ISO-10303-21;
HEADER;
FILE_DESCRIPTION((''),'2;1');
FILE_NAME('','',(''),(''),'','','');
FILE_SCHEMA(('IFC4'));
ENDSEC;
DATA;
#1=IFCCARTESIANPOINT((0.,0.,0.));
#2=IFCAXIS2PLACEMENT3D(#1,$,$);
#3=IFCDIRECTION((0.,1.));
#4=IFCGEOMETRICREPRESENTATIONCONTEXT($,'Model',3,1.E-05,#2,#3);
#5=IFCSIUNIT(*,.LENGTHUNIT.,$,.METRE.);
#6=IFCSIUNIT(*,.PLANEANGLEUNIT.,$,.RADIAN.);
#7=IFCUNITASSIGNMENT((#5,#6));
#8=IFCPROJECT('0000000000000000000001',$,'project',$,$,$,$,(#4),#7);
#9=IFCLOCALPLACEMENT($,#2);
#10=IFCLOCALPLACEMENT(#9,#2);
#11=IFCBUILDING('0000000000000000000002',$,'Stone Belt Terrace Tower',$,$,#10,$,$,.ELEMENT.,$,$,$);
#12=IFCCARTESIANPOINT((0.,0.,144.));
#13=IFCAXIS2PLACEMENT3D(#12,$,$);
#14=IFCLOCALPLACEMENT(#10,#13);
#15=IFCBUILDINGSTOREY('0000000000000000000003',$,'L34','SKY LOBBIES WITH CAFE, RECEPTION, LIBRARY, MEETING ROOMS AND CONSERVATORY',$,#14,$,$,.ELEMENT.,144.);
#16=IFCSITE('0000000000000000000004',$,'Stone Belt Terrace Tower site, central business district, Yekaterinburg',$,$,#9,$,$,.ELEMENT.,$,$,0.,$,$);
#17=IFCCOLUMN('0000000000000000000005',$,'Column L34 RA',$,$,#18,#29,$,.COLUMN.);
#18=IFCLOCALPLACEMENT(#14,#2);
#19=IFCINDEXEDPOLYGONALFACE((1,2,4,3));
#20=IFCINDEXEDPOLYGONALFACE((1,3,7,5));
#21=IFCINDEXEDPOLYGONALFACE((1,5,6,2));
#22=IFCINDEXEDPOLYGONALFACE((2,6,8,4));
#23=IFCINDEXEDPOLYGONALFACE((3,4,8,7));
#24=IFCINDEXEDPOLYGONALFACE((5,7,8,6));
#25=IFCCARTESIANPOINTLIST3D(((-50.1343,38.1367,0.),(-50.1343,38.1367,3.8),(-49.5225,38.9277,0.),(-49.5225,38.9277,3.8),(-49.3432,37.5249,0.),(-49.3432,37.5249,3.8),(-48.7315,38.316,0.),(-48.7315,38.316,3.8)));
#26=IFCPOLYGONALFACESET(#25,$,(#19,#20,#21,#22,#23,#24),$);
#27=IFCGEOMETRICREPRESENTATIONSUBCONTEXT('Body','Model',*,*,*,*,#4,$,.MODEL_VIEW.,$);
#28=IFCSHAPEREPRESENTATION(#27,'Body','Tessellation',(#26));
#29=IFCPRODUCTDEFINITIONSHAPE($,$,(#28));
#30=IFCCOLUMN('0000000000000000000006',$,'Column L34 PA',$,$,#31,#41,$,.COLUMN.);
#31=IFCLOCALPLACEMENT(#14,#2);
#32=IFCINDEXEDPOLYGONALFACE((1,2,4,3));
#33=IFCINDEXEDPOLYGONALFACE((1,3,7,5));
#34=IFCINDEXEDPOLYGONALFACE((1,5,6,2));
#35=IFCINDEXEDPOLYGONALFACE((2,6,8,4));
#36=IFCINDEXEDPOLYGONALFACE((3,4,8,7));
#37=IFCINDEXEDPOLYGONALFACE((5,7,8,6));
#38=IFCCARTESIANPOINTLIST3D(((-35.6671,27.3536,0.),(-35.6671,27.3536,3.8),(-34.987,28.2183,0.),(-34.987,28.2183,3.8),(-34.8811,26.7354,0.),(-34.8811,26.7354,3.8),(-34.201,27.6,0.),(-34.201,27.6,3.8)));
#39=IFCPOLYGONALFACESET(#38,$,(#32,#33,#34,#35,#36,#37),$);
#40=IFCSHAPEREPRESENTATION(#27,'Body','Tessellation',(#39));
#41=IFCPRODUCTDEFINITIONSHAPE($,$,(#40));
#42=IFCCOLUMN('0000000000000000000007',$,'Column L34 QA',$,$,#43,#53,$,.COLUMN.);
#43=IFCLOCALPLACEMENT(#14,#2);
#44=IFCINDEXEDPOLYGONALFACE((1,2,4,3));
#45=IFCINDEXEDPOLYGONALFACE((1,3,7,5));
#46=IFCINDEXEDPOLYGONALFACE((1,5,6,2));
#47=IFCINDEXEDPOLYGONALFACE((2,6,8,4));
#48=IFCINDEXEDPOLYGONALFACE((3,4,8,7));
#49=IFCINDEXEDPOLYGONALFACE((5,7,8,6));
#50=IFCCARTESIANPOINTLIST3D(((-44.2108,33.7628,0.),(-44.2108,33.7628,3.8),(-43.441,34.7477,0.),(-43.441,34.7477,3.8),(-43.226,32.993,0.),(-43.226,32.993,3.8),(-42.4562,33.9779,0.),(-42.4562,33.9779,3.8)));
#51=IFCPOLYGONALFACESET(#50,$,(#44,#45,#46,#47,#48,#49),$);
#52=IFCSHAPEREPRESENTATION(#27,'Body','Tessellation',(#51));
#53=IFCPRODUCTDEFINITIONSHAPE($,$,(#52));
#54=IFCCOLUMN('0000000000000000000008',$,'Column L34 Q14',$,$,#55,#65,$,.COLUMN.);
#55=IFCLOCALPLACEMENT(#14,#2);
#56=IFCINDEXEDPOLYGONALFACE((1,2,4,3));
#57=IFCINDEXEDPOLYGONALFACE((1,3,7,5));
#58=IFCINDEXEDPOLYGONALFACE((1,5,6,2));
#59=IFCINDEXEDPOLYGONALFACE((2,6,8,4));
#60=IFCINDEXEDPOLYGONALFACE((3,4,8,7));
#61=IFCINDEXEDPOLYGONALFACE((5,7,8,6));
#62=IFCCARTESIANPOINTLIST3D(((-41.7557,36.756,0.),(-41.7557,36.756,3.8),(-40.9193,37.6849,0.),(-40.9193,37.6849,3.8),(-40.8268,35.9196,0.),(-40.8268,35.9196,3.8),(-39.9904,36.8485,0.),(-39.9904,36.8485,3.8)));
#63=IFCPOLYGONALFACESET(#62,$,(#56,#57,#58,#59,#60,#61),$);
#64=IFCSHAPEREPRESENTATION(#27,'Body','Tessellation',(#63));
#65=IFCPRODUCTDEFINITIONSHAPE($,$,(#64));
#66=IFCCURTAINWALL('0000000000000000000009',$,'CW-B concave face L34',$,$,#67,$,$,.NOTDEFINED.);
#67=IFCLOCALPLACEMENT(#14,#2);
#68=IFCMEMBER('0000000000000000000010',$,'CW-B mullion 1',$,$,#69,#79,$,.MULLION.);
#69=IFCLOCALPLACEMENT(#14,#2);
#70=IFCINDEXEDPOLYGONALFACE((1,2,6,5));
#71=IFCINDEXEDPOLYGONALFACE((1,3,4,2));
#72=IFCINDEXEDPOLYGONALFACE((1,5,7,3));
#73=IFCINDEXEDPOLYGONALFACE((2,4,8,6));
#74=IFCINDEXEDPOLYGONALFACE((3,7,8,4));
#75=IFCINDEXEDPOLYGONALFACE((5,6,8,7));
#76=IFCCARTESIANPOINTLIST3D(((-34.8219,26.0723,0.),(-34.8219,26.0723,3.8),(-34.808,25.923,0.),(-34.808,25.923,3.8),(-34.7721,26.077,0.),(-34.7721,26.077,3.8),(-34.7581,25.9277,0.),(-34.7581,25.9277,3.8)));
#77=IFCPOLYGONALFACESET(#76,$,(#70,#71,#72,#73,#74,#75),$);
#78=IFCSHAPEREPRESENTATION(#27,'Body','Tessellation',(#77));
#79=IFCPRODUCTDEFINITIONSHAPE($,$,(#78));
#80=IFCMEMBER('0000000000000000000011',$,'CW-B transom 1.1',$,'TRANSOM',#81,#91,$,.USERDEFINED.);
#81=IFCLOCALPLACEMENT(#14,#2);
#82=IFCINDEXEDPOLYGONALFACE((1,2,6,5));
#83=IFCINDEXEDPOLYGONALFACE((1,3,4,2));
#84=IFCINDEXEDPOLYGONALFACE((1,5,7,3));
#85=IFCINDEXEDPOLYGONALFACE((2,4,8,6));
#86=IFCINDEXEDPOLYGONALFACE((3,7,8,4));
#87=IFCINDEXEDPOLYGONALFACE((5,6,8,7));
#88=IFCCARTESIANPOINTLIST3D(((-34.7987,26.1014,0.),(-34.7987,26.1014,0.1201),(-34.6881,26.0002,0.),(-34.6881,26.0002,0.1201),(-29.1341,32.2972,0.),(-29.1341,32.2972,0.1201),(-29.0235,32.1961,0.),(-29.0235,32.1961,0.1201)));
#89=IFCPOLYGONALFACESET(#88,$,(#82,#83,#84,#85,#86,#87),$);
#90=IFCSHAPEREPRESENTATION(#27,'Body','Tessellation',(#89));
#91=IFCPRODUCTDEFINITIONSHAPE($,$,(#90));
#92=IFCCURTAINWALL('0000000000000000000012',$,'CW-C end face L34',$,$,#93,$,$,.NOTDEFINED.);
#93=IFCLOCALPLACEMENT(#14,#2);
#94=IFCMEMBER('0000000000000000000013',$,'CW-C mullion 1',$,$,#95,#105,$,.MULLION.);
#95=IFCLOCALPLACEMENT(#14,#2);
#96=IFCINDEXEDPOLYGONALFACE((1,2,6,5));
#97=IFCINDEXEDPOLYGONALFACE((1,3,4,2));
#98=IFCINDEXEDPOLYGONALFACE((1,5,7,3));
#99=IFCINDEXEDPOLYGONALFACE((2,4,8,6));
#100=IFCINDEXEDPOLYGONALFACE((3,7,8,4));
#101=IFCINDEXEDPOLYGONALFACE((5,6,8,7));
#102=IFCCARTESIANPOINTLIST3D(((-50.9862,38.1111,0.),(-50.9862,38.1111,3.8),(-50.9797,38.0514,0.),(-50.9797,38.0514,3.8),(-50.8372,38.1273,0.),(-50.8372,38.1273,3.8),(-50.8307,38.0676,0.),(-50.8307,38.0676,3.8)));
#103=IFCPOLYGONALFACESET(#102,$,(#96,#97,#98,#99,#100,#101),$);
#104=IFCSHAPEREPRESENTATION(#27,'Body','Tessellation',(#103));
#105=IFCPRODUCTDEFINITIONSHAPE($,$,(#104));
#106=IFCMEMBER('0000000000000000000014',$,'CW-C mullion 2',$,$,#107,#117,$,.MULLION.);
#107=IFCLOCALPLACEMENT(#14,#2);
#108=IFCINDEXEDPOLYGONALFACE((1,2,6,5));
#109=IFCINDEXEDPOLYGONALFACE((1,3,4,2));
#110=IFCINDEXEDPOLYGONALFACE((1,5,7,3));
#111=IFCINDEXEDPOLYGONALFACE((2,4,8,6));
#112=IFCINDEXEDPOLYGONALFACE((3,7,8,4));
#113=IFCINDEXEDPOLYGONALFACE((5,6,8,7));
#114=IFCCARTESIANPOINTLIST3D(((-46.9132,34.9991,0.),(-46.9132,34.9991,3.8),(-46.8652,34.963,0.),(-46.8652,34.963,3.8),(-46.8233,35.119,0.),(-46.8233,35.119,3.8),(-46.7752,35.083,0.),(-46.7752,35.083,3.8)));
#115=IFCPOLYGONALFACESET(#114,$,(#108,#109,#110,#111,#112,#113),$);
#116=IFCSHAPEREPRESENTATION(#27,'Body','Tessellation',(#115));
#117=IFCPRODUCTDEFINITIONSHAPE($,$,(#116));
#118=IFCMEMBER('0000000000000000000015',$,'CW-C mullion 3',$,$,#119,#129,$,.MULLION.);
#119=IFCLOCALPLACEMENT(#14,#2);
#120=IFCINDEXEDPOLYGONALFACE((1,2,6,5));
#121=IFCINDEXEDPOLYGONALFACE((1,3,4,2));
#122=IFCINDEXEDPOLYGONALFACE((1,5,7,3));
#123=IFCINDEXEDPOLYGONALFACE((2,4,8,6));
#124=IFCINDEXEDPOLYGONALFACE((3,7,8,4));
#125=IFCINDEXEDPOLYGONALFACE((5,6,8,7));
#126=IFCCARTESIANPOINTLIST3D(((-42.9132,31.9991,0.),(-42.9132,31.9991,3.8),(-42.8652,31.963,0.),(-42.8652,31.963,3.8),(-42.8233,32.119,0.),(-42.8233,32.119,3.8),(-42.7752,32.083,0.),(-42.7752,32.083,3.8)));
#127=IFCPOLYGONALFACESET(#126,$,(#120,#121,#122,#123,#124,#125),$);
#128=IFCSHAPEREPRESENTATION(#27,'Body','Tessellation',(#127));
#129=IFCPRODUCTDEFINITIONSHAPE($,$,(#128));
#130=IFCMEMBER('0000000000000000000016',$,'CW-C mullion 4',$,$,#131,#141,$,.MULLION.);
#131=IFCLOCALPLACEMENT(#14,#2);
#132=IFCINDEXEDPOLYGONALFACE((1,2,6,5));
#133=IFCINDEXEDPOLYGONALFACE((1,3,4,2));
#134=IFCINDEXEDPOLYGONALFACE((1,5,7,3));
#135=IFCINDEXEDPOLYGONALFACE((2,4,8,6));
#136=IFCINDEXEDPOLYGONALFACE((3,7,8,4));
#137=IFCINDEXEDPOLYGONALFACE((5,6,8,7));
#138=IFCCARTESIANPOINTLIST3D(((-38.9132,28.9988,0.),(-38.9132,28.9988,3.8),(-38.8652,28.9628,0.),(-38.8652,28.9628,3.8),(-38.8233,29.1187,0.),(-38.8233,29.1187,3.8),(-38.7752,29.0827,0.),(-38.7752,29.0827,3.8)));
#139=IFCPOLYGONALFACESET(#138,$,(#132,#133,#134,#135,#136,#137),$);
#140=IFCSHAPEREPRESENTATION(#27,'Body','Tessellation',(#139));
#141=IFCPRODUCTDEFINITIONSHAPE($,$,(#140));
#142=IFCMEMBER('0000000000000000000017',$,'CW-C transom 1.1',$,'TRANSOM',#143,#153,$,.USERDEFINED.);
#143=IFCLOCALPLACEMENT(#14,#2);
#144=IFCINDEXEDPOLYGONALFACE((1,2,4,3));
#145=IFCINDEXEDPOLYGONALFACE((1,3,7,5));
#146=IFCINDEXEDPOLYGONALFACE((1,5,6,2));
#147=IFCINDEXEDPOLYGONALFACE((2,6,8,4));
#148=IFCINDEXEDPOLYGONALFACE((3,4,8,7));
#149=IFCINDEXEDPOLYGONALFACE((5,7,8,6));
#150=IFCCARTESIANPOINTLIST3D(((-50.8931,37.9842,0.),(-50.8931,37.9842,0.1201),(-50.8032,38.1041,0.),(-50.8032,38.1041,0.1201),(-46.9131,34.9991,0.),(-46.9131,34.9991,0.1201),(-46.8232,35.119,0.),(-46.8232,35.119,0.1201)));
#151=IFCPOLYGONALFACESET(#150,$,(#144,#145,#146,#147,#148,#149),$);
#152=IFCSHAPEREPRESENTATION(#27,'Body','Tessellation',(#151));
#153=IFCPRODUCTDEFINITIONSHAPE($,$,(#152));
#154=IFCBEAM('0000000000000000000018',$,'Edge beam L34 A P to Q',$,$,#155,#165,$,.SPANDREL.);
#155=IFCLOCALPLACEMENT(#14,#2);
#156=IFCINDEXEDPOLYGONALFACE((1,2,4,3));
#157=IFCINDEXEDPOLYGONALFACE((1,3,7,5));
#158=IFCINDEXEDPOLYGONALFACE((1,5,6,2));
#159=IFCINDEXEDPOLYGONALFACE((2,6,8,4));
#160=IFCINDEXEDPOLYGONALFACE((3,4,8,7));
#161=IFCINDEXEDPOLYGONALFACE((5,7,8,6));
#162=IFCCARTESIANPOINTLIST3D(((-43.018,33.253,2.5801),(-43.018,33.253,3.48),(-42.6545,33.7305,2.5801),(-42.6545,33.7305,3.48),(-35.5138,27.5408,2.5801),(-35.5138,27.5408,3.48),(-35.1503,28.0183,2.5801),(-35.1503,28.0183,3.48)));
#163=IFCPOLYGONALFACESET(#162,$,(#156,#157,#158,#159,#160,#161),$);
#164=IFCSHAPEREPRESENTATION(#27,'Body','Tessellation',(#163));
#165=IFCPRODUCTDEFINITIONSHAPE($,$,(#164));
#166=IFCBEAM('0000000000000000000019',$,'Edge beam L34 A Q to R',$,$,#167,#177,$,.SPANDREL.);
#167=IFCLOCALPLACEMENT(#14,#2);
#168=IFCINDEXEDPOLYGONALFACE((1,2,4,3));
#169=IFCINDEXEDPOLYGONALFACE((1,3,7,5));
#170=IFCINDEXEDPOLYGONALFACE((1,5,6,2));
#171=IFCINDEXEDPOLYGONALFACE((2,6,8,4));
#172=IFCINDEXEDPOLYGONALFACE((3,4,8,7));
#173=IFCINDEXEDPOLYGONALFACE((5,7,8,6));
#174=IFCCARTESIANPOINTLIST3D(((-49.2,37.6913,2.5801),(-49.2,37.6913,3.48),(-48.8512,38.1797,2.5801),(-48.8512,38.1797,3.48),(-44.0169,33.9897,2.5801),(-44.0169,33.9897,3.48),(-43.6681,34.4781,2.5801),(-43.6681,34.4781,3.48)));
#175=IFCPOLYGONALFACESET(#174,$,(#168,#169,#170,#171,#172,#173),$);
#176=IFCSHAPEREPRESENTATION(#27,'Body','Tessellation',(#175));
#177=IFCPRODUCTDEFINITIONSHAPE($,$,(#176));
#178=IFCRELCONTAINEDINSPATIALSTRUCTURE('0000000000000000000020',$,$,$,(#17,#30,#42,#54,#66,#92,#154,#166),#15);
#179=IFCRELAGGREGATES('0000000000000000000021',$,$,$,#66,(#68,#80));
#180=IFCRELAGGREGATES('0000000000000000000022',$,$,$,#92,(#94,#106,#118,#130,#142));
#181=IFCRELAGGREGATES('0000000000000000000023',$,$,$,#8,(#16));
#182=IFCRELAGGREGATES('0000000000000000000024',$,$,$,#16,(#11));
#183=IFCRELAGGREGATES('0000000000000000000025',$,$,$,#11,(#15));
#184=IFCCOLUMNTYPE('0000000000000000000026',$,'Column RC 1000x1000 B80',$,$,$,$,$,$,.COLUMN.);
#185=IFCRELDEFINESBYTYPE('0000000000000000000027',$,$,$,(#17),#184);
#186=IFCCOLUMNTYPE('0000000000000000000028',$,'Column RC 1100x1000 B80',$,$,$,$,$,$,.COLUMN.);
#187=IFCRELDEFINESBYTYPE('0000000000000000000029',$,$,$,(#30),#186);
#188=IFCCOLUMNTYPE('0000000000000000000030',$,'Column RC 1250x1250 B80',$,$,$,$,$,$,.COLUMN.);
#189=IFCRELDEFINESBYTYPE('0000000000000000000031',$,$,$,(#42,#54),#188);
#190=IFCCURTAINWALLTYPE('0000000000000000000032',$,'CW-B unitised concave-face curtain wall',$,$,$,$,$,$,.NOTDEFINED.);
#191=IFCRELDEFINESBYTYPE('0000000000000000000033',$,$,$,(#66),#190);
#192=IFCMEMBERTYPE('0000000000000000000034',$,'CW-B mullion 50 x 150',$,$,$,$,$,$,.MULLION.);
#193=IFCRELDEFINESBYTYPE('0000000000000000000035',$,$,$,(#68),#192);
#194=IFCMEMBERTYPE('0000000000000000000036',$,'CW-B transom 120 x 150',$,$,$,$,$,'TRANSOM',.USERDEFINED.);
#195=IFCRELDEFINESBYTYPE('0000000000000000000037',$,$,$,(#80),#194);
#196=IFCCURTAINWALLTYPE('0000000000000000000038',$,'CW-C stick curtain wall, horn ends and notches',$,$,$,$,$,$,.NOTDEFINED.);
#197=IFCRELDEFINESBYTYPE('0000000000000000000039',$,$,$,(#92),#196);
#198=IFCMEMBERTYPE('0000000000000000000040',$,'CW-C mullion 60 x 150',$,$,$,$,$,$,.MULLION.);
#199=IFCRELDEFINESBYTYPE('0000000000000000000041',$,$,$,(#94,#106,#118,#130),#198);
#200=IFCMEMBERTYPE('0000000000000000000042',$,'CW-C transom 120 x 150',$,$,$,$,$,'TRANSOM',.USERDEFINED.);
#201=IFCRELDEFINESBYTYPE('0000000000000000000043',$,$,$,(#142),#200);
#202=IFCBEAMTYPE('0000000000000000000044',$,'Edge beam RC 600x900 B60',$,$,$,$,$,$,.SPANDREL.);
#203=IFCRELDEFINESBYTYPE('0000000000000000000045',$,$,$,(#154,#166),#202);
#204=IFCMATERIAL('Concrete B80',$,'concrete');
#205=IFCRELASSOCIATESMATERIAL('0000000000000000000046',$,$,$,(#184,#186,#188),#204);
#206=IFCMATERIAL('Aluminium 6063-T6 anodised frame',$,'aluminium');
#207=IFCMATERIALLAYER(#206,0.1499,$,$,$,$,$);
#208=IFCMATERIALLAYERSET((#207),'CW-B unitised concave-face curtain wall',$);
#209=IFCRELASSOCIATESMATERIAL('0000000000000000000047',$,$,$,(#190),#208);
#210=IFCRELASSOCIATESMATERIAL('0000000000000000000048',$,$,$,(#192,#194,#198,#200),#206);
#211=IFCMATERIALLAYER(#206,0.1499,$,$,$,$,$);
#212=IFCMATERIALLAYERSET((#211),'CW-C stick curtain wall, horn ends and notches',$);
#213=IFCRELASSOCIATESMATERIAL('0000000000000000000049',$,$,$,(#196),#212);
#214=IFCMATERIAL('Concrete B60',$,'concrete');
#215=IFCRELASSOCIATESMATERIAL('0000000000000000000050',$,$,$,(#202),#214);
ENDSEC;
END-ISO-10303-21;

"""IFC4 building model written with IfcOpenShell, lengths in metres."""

from ifc_helpers import new_model, si_unit, direction, frame, origin, origin_2d, place, context, subcontext, project, spatial, rectangle, extrude, material, layer, layer_set, material_profile, profile_set, type_object, element, aggregate, save


model = new_model("IFC4")

# Units and contexts
model_context = context("Model", 3, precision=1e-05, world=origin(), true_north=direction((0.0, 1.0)))
body_context = subcontext(model_context, "Body", "Model", "MODEL_VIEW")
ifc_project = project(units=[si_unit("LENGTHUNIT", "METRE"), si_unit("PLANEANGLEUNIT", "RADIAN")], contexts=[model_context])

# Site, building, storey
site_placement = place(None, origin())
site = spatial("IfcSite", under=ifc_project, at=site_placement, Name="Stone Belt Terrace Tower site, central business district, Yekaterinburg", CompositionType="ELEMENT", RefElevation=0.0)
building_placement = place(site_placement, origin())
building = spatial("IfcBuilding", under=site, at=building_placement, Name="Stone Belt Terrace Tower", CompositionType="ELEMENT")
storey_placement = place(building_placement, frame((0.0, 0.0, 144.0)))
storey = spatial("IfcBuildingStorey", under=building, at=storey_placement, Name="L34", Description="SKY LOBBIES WITH CAFE, RECEPTION, LIBRARY, MEETING ROOMS AND CONSERVATORY", CompositionType="ELEMENT", Elevation=144.0)

# Columns
ifc_material_1 = material(Name="Concrete B80", Category="concrete")
ifc_material_profile_1 = material_profile(ifc_material_1, rectangle(XDim=1.0, YDim=1.0, at=origin_2d()), Name="RC 1000x1000")
ifc_profile_set_1 = profile_set([ifc_material_profile_1], Name="Concrete B80")
column_type_1 = type_object("IfcColumnType", Name="Column RC 1000x1000 B80", PredefinedType="COLUMN", material=ifc_profile_set_1)
column_1_placement = place(storey_placement, frame((-49.4329, 38.2263, 0.0), z_axis=(0.0, 0.0, 1.0), x_axis=(0.61173, 0.791067, 0.0)))
element("IfcColumn", 1, at=column_1_placement, inside=storey, type_object=column_type_1, Name="Column L34 RA", PredefinedType="COLUMN", context=body_context, shape_type="SweptSolid", body=[
    extrude(rectangle(XDim=1.0, YDim=1.0, at=origin_2d()), origin(), (0.0, 0.0, 1.0), 3.8),
])
ifc_material_profile_2 = material_profile(ifc_material_1, rectangle(XDim=1.1001, YDim=1.0, at=origin_2d()), Name="RC 1100x1000")
ifc_profile_set_2 = profile_set([ifc_material_profile_2], Name="Concrete B80")
column_type_2 = type_object("IfcColumnType", Name="Column RC 1100x1000 B80", PredefinedType="COLUMN", material=ifc_profile_set_2)
column_2_placement = place(storey_placement, frame((-34.9341, 27.4768, 0.0), z_axis=(0.0, 0.0, 1.0), x_axis=(0.618218, 0.786007, 0.0)))
element("IfcColumn", 2, at=column_2_placement, inside=storey, type_object=column_type_2, Name="Column L34 PA", PredefinedType="COLUMN", context=body_context, shape_type="SweptSolid", body=[
    extrude(rectangle(XDim=1.1001, YDim=1.0, at=origin_2d()), origin(), (0.0, 0.0, 1.0), 3.8),
])
ifc_material_profile_3 = material_profile(ifc_material_1, rectangle(XDim=1.25, YDim=1.25, at=origin_2d()), Name="RC 1250x1250")
ifc_profile_set_3 = profile_set([ifc_material_profile_3], Name="Concrete B80")
column_type_3 = type_object("IfcColumnType", Name="Column RC 1250x1250 B80", PredefinedType="COLUMN", material=ifc_profile_set_3)
for number, where, z_axis, x_axis, name in (
    (3, (-43.3335, 33.8704, 0.0), (0.0, 0.0, 1.0), (0.615825, 0.787883, 0.0), "Column L34 QA"),
    (4, (-40.873, 36.8022, 0.0), (0.0, 0.0, 1.0), (0.669131, 0.743145, 0.0), "Column L34 Q14"),
):
    element("IfcColumn", number, at=place(storey_placement, frame(where, z_axis=z_axis, x_axis=x_axis)), inside=storey, type_object=column_type_3, Name=name, PredefinedType="COLUMN", context=body_context, shape_type="SweptSolid", body=[
        extrude(rectangle(XDim=1.25, YDim=1.25, at=origin_2d()), origin(), (0.0, 0.0, 1.0), 3.8),
    ])

# Curtain walls, members
ifc_material_2 = material(Name="Aluminium 6063-T6 anodised frame", Category="aluminium")
ifc_layer_1 = layer(ifc_material_2, 0.1499)
ifc_layer_set_1 = layer_set([ifc_layer_1], Name="CW-B unitised concave-face curtain wall")
curtain_wall_type_1 = type_object("IfcCurtainWallType", Name="CW-B unitised concave-face curtain wall", PredefinedType="NOTDEFINED", material=ifc_layer_set_1)
curtain_wall_1_placement = place(storey_placement, origin())
curtain_wall_1 = element("IfcCurtainWall", 5, at=curtain_wall_1_placement, inside=storey, type_object=curtain_wall_type_1, Name="CW-B concave face L34", PredefinedType="NOTDEFINED")
ifc_material_profile_4 = material_profile(ifc_material_2, rectangle(XDim=0.1499, YDim=0.05, at=origin_2d()), Name="Aluminium 6063-T6 50x150")
ifc_profile_set_4 = profile_set([ifc_material_profile_4], Name="Aluminium 6063-T6 anodised frame")
member_type_1 = type_object("IfcMemberType", Name="CW-B mullion 50 x 150", PredefinedType="MULLION", material=ifc_profile_set_4)
member_1_placement = place(storey_placement, frame((-34.79, 26.0, 0.0), z_axis=(0.0, 0.0, 1.0), x_axis=(-0.093181, 0.995649, 0.0)))
member_1 = element("IfcMember", 6, at=member_1_placement, type_object=member_type_1, Name="CW-B mullion 1", PredefinedType="MULLION", context=body_context, shape_type="SweptSolid", body=[
    extrude(rectangle(XDim=0.1499, YDim=0.05, at=origin_2d()), origin(), (0.0, 0.0, 1.0), 3.8),
])
ifc_material_profile_5 = material_profile(ifc_material_2, rectangle(XDim=0.1499, YDim=0.1201, at=origin_2d()), Name="Aluminium 6063-T6 150x120")
ifc_profile_set_5 = profile_set([ifc_material_profile_5], Name="Aluminium 6063-T6 anodised frame")
member_type_2 = type_object("IfcMemberType", Name="CW-B transom 120 x 150", ElementType="TRANSOM", PredefinedType="USERDEFINED", material=ifc_profile_set_5)
member_2_placement = place(storey_placement, frame((-34.7434, 26.0508, 0.0601), z_axis=(0.674757, 0.73804, 0.0), x_axis=(-0.73804, 0.674757, 0.0)))
member_2 = element("IfcMember", 7, at=member_2_placement, type_object=member_type_2, Name="CW-B transom 1.1", ObjectType="TRANSOM", PredefinedType="USERDEFINED", context=body_context, shape_type="SweptSolid", body=[
    extrude(rectangle(XDim=0.1499, YDim=0.1201, at=origin_2d()), origin(), (0.0, 0.0, 1.0), 8.395),
])
ifc_layer_2 = layer(ifc_material_2, 0.1499)
ifc_layer_set_2 = layer_set([ifc_layer_2], Name="CW-C stick curtain wall, horn ends and notches")
curtain_wall_type_2 = type_object("IfcCurtainWallType", Name="CW-C stick curtain wall, horn ends and notches", PredefinedType="NOTDEFINED", material=ifc_layer_set_2)
curtain_wall_2_placement = place(storey_placement, origin())
curtain_wall_2 = element("IfcCurtainWall", 8, at=curtain_wall_2_placement, inside=storey, type_object=curtain_wall_type_2, Name="CW-C end face L34", PredefinedType="NOTDEFINED")
ifc_material_profile_6 = material_profile(ifc_material_2, rectangle(XDim=0.1499, YDim=0.0601, at=origin_2d()), Name="Aluminium 6063-T6 60x150")
ifc_profile_set_6 = profile_set([ifc_material_profile_6], Name="Aluminium 6063-T6 anodised frame")
member_type_3 = type_object("IfcMemberType", Name="CW-C mullion 60 x 150", PredefinedType="MULLION", material=ifc_profile_set_6)
member_3_placement = place(storey_placement, frame((-50.9084, 38.0894, 0.0), z_axis=(0.0, 0.0, 1.0), x_axis=(0.994169, 0.10783, 0.0)))
member_3 = element("IfcMember", 9, at=member_3_placement, type_object=member_type_3, Name="CW-C mullion 1", PredefinedType="MULLION", context=body_context, shape_type="SweptSolid", body=[
    extrude(rectangle(XDim=0.1499, YDim=0.0601, at=origin_2d()), origin(), (0.0, 0.0, 1.0), 3.8),
])
member_4_placement = place(storey_placement, frame((-46.8442, 35.041, 0.0), z_axis=(0.0, 0.0, 1.0), x_axis=(0.600018, 0.799987, 0.0)))
member_4 = element("IfcMember", 10, at=member_4_placement, type_object=member_type_3, Name="CW-C mullion 2", PredefinedType="MULLION", context=body_context, shape_type="SweptSolid", body=[
    extrude(rectangle(XDim=0.1499, YDim=0.0601, at=origin_2d()), origin(), (0.0, 0.0, 1.0), 3.8),
])
member_5_placement = place(storey_placement, frame((-42.8442, 32.041, 0.0), z_axis=(0.0, 0.0, 1.0), x_axis=(0.600018, 0.799987, 0.0)))
member_5 = element("IfcMember", 11, at=member_5_placement, type_object=member_type_3, Name="CW-C mullion 3", PredefinedType="MULLION", context=body_context, shape_type="SweptSolid", body=[
    extrude(rectangle(XDim=0.1499, YDim=0.0601, at=origin_2d()), origin(), (0.0, 0.0, 1.0), 3.8),
])
member_6_placement = place(storey_placement, frame((-38.8442, 29.0408, 0.0), z_axis=(0.0, 0.0, 1.0), x_axis=(0.600018, 0.799987, 0.0)))
member_6 = element("IfcMember", 12, at=member_6_placement, type_object=member_type_3, Name="CW-C mullion 4", PredefinedType="MULLION", context=body_context, shape_type="SweptSolid", body=[
    extrude(rectangle(XDim=0.1499, YDim=0.0601, at=origin_2d()), origin(), (0.0, 0.0, 1.0), 3.8),
])
ifc_material_profile_7 = material_profile(ifc_material_2, rectangle(XDim=0.1499, YDim=0.1201, at=origin_2d()), Name="Aluminium 6063-T6 150x120")
ifc_profile_set_7 = profile_set([ifc_material_profile_7], Name="Aluminium 6063-T6 anodised frame")
member_type_4 = type_object("IfcMemberType", Name="CW-C transom 120 x 150", ElementType="TRANSOM", PredefinedType="USERDEFINED", material=ifc_profile_set_7)
member_7_placement = place(storey_placement, frame((-50.8481, 38.0442, 0.0601), z_axis=(0.799988, -0.600016, 0.0), x_axis=(0.600016, 0.799988, 0.0)))
member_7 = element("IfcMember", 13, at=member_7_placement, type_object=member_type_4, Name="CW-C transom 1.1", ObjectType="TRANSOM", PredefinedType="USERDEFINED", context=body_context, shape_type="SweptSolid", body=[
    extrude(rectangle(XDim=0.1499, YDim=0.1201, at=origin_2d()), origin(), (0.0, 0.0, 1.0), 4.9751),
])

# Beams
ifc_material_3 = material(Name="Concrete B60", Category="concrete")
ifc_material_profile_8 = material_profile(ifc_material_3, rectangle(XDim=0.6001, YDim=0.8999, at=origin_2d()), Name="RC 600x900")
ifc_profile_set_8 = profile_set([ifc_material_profile_8], Name="Concrete B60")
beam_type = type_object("IfcBeamType", Name="Edge beam RC 600x900 B60", PredefinedType="SPANDREL", material=ifc_profile_set_8)
beam_1_placement = place(storey_placement, frame((-35.332, 27.7795, 3.03), z_axis=(-0.795702, 0.605688, 0.0), x_axis=(-0.605688, -0.795702, 0.0)))
element("IfcBeam", 14, at=beam_1_placement, inside=storey, type_object=beam_type, Name="Edge beam L34 A P to Q", PredefinedType="SPANDREL", context=body_context, shape_type="SweptSolid", body=[
    extrude(rectangle(XDim=0.6001, YDim=0.8999, at=origin_2d()), origin(), (0.0, 0.0, 1.0), 9.4309),
])
beam_2_placement = place(storey_placement, frame((-43.8425, 34.2339, 3.03), z_axis=(-0.813775, 0.58118, 0.0), x_axis=(-0.58118, -0.813775, 0.0)))
element("IfcBeam", 15, at=beam_2_placement, inside=storey, type_object=beam_type, Name="Edge beam L34 A Q to R", PredefinedType="SPANDREL", context=body_context, shape_type="SweptSolid", body=[
    extrude(rectangle(XDim=0.6001, YDim=0.8999, at=origin_2d()), origin(), (0.0, 0.0, 1.0), 6.3691),
])

aggregate(curtain_wall_1, [member_1, member_2])
aggregate(curtain_wall_2, [member_3, member_4, member_5, member_6, member_7])

save(model, "model.ifc")
